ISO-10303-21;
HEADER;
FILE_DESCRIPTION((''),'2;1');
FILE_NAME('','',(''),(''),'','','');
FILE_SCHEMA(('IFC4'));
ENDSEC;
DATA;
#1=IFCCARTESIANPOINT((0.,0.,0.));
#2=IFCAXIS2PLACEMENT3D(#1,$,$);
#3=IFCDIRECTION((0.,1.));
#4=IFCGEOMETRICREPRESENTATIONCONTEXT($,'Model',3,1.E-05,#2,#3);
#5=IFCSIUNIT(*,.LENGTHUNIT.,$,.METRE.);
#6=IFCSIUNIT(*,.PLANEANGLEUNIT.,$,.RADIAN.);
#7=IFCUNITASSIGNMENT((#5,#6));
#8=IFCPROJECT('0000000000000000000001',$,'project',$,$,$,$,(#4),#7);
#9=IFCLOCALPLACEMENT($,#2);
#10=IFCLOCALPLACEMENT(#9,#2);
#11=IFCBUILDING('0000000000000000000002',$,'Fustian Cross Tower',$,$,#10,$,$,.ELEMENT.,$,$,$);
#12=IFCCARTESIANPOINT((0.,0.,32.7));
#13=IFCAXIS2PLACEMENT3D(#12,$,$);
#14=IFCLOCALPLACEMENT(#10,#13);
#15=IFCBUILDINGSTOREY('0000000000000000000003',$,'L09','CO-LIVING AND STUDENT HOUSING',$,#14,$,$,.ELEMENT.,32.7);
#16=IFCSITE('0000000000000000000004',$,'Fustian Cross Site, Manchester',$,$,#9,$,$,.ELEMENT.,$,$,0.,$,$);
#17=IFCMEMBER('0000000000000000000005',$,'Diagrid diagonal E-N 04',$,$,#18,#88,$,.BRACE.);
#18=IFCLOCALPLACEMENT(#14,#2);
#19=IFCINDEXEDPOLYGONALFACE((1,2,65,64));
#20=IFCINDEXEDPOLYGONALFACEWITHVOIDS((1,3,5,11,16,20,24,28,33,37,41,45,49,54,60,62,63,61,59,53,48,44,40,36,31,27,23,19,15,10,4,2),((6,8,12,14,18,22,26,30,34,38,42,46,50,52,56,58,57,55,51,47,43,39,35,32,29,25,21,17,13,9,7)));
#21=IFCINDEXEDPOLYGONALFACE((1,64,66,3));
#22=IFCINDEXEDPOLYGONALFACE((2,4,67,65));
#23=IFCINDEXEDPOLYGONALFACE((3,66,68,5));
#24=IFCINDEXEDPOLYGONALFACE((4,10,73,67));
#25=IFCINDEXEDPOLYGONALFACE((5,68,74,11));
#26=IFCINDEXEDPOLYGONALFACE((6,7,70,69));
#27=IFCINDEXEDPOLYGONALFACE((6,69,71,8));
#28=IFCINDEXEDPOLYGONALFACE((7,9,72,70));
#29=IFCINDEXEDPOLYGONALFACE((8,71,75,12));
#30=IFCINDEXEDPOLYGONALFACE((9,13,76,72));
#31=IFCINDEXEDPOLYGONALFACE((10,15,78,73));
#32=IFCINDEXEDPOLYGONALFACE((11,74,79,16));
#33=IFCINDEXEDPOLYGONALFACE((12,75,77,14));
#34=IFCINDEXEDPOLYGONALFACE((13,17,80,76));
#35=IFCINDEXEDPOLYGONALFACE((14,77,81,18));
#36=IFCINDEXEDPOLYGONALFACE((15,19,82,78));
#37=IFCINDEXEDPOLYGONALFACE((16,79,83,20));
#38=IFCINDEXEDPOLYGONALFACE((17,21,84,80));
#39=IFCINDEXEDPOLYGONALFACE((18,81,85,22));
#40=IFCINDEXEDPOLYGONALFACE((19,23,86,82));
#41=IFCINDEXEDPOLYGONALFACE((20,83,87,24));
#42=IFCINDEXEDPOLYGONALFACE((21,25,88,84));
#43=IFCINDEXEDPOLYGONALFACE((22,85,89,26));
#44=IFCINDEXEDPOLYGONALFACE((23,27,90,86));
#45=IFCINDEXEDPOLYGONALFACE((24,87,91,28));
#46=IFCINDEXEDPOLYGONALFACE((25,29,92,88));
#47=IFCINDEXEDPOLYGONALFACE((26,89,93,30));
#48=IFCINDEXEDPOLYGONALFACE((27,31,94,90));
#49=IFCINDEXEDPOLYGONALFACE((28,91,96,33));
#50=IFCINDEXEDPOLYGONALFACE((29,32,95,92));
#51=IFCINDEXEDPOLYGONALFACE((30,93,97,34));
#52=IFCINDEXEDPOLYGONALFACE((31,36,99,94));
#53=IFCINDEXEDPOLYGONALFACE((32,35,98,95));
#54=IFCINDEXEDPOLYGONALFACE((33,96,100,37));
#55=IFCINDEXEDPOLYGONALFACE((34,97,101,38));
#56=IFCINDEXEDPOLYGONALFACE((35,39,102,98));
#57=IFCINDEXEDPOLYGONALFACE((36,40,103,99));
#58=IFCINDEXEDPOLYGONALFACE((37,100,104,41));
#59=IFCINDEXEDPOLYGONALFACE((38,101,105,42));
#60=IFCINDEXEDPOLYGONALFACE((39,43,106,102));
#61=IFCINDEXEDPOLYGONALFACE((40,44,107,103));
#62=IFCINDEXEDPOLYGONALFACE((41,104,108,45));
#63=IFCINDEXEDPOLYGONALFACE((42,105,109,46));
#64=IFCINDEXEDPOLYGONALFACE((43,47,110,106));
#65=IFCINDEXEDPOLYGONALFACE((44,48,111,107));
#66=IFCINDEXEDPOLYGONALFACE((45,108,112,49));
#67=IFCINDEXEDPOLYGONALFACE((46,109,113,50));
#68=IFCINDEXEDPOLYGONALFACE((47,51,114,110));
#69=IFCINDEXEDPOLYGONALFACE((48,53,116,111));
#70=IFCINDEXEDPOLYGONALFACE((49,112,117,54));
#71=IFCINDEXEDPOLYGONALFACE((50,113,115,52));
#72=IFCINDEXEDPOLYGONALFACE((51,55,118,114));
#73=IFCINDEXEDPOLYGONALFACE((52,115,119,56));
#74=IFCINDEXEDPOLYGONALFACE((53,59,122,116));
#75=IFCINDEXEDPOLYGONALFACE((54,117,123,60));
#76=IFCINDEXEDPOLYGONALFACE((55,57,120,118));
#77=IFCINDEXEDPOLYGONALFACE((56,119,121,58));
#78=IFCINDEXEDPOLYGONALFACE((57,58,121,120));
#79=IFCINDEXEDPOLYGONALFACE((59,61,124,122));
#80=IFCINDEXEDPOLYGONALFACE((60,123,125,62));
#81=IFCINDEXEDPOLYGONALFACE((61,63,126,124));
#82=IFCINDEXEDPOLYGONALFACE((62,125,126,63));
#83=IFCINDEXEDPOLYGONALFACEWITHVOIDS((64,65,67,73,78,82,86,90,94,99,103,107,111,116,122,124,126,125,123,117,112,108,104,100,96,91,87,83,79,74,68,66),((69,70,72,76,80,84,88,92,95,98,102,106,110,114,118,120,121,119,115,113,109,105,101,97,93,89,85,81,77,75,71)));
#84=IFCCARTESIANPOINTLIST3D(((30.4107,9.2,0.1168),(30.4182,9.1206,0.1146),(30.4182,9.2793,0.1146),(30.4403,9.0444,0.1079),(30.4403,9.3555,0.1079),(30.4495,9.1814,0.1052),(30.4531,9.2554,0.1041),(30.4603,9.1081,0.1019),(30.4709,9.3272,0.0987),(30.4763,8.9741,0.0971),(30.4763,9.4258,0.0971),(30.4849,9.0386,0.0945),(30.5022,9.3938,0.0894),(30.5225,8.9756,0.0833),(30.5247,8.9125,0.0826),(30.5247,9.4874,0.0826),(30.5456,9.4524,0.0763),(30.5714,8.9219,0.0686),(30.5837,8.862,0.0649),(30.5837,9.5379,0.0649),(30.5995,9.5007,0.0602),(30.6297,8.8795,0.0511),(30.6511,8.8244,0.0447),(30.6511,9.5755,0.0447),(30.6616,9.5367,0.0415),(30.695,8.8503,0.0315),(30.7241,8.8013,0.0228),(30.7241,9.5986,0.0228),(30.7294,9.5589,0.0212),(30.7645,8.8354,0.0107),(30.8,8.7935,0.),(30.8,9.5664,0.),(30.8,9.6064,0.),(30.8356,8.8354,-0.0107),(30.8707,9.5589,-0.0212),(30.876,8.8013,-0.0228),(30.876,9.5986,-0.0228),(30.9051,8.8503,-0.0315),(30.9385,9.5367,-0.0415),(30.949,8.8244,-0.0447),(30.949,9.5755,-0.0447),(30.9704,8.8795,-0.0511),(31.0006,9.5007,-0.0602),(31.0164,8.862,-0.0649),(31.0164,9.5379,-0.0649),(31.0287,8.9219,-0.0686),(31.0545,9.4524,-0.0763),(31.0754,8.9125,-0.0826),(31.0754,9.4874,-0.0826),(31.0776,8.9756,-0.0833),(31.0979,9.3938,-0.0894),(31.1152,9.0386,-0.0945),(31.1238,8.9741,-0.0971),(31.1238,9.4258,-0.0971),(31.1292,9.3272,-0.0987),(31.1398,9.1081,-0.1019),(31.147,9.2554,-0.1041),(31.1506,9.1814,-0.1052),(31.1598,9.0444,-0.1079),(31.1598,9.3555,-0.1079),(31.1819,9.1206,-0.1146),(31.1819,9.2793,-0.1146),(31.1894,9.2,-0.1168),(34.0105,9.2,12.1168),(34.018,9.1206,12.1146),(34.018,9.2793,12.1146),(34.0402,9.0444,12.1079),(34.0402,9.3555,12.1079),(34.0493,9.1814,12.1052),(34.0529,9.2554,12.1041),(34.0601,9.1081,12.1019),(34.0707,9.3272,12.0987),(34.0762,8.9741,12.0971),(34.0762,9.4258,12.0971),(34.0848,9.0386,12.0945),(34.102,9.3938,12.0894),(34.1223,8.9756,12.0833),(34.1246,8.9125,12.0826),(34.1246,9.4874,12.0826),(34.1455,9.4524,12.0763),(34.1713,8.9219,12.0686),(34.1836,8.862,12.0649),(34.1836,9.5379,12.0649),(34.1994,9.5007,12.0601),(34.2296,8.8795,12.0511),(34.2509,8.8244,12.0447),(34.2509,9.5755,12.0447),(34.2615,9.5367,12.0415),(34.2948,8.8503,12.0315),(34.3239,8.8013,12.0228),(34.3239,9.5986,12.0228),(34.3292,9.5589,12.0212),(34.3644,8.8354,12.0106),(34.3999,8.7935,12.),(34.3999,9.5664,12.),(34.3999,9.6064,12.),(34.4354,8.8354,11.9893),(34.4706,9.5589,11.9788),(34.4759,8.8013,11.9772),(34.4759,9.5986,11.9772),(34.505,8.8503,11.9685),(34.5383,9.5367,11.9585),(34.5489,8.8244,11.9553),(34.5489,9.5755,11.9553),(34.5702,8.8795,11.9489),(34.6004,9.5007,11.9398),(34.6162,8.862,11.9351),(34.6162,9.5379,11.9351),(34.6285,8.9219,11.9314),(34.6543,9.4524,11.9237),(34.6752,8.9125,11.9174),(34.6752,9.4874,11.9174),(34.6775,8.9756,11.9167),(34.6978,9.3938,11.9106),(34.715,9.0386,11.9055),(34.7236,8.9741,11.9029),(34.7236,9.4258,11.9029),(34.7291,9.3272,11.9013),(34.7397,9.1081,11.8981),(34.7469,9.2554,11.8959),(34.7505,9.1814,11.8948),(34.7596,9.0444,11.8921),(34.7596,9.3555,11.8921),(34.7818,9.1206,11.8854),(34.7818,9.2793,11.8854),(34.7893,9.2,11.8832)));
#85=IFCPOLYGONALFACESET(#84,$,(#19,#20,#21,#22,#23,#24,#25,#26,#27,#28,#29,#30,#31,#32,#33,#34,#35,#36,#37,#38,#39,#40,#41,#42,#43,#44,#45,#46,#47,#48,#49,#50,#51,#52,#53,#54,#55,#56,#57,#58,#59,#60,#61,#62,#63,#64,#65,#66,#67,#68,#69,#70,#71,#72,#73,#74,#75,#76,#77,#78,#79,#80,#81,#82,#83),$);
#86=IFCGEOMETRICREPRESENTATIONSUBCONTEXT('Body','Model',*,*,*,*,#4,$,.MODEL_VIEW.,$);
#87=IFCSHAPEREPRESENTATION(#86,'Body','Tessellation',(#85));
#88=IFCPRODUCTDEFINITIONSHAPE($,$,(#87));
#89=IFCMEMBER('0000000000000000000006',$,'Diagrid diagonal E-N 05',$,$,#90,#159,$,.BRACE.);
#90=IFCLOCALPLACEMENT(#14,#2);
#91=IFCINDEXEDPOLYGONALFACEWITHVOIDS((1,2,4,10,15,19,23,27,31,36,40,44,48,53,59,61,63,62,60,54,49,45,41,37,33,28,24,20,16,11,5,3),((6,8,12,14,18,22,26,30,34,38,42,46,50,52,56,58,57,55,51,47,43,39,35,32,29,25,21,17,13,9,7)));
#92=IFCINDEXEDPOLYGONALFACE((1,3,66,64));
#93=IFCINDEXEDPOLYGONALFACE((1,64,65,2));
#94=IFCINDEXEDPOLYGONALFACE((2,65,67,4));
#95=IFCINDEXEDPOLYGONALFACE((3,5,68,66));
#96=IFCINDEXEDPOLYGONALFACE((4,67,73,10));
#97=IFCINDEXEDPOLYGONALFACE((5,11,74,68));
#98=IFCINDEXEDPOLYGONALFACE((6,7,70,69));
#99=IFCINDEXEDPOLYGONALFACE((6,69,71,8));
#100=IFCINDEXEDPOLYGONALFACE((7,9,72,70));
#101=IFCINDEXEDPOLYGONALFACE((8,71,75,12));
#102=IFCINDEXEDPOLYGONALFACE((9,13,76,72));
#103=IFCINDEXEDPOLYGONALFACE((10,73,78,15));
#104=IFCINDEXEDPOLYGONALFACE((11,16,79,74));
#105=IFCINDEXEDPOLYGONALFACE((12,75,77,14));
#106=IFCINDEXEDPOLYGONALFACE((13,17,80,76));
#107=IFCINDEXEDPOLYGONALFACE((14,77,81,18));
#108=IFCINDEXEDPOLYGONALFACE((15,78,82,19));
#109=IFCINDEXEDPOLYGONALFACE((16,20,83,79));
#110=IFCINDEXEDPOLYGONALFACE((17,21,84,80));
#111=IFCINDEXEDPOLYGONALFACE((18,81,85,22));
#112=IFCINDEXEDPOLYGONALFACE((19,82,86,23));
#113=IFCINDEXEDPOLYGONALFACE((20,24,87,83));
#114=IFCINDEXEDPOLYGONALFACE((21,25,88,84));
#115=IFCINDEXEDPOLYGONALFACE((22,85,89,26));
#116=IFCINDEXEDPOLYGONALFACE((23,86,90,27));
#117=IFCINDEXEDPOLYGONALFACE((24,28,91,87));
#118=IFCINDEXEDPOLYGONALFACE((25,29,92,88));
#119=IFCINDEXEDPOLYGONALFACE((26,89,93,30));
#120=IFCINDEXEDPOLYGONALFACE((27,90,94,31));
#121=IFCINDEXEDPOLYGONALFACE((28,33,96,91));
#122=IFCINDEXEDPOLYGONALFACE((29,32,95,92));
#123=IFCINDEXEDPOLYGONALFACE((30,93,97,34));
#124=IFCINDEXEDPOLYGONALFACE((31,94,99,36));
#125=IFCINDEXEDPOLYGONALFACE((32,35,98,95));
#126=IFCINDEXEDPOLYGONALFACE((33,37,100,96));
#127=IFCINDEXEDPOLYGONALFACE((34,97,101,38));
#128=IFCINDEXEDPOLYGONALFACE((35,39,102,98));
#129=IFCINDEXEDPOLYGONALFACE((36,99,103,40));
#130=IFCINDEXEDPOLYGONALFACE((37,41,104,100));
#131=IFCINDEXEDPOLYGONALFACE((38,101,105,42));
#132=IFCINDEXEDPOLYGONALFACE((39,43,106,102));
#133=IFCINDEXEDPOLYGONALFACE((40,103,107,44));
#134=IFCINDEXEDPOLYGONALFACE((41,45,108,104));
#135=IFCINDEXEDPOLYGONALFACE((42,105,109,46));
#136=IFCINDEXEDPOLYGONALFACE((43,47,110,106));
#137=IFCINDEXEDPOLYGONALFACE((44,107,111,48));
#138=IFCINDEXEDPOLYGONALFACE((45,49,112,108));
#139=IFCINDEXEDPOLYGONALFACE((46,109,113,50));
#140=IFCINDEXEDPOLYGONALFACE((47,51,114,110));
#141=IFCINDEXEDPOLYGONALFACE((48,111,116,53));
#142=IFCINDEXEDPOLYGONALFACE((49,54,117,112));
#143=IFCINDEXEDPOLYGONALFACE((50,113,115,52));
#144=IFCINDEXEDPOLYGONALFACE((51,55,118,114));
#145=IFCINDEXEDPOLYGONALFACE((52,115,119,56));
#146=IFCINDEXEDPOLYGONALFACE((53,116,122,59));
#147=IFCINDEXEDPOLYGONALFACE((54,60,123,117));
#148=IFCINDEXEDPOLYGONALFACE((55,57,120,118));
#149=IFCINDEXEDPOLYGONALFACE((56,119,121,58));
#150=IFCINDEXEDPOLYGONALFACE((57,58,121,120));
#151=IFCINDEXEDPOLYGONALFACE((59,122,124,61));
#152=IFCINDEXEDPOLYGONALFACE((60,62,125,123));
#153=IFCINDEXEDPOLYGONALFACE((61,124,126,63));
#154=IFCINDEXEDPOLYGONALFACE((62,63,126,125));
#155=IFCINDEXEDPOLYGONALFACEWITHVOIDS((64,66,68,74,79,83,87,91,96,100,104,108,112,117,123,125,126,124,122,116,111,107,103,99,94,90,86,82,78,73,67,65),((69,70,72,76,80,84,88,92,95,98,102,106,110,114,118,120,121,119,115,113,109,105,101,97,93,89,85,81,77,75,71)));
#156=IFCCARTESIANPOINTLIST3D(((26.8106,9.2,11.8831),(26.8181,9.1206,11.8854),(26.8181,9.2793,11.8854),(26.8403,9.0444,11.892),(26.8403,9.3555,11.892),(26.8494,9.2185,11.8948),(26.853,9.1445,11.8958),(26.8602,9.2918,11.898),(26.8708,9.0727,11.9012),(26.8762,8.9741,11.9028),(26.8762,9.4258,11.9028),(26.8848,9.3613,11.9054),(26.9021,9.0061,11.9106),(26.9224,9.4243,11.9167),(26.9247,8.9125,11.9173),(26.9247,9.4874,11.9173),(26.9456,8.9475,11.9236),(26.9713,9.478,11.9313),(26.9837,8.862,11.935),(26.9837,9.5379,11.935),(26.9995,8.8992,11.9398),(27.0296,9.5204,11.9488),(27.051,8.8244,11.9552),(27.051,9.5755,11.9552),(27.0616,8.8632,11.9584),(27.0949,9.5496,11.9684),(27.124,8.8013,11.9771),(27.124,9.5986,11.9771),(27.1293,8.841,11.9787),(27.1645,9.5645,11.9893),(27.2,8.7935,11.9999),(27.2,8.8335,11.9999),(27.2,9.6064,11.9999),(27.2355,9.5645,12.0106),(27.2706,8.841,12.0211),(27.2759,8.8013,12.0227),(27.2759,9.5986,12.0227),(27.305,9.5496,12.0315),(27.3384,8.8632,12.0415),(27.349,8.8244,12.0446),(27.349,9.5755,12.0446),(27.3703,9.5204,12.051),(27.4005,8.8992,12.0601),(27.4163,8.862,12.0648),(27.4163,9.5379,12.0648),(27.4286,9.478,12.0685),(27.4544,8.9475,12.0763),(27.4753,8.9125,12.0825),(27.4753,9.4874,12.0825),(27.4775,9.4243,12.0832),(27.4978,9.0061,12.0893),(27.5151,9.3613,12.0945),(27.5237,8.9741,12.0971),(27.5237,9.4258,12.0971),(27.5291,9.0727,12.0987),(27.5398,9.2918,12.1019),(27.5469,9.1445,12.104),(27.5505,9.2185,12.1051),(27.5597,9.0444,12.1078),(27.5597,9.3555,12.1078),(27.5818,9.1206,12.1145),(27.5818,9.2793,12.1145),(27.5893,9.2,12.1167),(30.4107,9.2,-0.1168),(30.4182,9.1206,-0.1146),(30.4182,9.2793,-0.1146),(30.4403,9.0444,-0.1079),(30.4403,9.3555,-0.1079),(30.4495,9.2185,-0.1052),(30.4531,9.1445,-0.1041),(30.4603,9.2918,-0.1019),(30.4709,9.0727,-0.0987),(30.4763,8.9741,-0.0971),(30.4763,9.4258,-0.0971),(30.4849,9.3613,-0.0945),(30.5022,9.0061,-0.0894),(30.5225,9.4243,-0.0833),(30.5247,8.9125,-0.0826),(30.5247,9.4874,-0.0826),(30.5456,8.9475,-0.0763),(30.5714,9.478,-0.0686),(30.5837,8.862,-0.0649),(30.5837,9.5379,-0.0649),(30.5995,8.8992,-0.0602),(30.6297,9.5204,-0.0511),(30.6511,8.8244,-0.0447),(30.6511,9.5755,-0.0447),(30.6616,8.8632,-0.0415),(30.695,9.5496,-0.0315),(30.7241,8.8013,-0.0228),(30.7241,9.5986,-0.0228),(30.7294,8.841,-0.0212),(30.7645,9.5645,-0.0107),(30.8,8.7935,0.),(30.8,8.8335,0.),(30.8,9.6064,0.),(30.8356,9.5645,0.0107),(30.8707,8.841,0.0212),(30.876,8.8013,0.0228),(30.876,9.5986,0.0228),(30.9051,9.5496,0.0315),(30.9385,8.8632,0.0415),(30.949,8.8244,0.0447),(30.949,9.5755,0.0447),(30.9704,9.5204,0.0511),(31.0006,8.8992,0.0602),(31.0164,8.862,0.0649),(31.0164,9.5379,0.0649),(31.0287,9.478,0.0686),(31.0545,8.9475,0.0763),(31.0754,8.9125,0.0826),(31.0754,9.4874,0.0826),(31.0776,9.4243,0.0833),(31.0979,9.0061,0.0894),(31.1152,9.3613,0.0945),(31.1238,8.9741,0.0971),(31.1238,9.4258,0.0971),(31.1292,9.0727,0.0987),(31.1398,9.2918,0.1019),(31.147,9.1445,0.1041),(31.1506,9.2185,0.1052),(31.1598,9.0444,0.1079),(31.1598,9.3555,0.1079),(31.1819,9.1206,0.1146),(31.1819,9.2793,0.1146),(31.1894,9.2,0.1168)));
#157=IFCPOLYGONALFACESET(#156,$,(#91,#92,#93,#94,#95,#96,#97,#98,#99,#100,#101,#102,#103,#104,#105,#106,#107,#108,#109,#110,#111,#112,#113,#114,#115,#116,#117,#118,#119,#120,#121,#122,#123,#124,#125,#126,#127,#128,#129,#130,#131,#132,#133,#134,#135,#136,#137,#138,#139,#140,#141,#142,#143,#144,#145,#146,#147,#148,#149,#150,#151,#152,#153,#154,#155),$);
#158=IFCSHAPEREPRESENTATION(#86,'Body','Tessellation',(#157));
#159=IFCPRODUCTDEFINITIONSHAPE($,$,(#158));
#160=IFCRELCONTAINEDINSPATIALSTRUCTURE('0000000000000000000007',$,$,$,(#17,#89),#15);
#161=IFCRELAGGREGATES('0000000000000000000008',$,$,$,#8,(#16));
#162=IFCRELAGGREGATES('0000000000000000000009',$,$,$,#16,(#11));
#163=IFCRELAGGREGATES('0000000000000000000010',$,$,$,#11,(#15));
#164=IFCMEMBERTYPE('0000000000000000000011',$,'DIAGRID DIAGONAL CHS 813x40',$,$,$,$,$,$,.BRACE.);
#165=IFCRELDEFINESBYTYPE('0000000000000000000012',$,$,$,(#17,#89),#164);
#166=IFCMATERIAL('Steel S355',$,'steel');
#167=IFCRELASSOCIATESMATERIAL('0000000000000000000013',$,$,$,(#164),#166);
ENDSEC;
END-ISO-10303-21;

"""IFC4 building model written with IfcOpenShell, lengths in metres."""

from ifc_helpers import new_model, si_unit, direction, frame, origin, origin_2d, place, context, subcontext, project, spatial, hollow_circle, extrude, material, material_profile, profile_set, type_object, element, save


model = new_model("IFC4")

# Units and contexts
model_context = context("Model", 3, precision=1e-05, world=origin(), true_north=direction((0.0, 1.0)))
body_context = subcontext(model_context, "Body", "Model", "MODEL_VIEW")
ifc_project = project(units=[si_unit("LENGTHUNIT", "METRE"), si_unit("PLANEANGLEUNIT", "RADIAN")], contexts=[model_context])

# Site, building, storey
site_placement = place(None, origin())
site = spatial("IfcSite", under=ifc_project, at=site_placement, Name="Fustian Cross Site, Manchester", CompositionType="ELEMENT", RefElevation=0.0)
building_placement = place(site_placement, origin())
building = spatial("IfcBuilding", under=site, at=building_placement, Name="Fustian Cross Tower", CompositionType="ELEMENT")
storey_placement = place(building_placement, frame((0.0, 0.0, 32.7)))
storey = spatial("IfcBuildingStorey", under=building, at=storey_placement, Name="L09", Description="CO-LIVING AND STUDENT HOUSING", CompositionType="ELEMENT", Elevation=32.7)

# Members
ifc_material_1 = material(Name="Steel S355", Category="steel")
ifc_material_profile_1 = material_profile(ifc_material_1, hollow_circle(Radius=0.4065, WallThickness=0.04, at=origin_2d()), Name="CHS 813x40")
ifc_profile_set_1 = profile_set([ifc_material_profile_1], Name="Steel S355")
member_type_1 = type_object("IfcMemberType", Name="DIAGRID DIAGONAL CHS 813x40", PredefinedType="BRACE", material=ifc_profile_set_1)
for number, where, z_axis, x_axis, name in (
    (1, (30.8, 9.2, 0.0), (0.287337, 0.0, 0.95783), (0.0, 1.0, 0.0), "Diagrid diagonal E-N 04"),
    (2, (30.8, 9.2, 0.0), (-0.287355, 0.0, 0.957824), (0.0, -1.0, 0.0), "Diagrid diagonal E-N 05"),
):
    element("IfcMember", number, at=place(storey_placement, frame(where, z_axis=z_axis, x_axis=x_axis)), inside=storey, type_object=member_type_1, Name=name, PredefinedType="BRACE", context=body_context, shape_type="SweptSolid", body=[
        extrude(hollow_circle(Radius=0.4065, WallThickness=0.04, at=origin_2d()), origin(), (0.0, 0.0, 1.0), 12.5283),
    ])

save(model, "model.ifc")
